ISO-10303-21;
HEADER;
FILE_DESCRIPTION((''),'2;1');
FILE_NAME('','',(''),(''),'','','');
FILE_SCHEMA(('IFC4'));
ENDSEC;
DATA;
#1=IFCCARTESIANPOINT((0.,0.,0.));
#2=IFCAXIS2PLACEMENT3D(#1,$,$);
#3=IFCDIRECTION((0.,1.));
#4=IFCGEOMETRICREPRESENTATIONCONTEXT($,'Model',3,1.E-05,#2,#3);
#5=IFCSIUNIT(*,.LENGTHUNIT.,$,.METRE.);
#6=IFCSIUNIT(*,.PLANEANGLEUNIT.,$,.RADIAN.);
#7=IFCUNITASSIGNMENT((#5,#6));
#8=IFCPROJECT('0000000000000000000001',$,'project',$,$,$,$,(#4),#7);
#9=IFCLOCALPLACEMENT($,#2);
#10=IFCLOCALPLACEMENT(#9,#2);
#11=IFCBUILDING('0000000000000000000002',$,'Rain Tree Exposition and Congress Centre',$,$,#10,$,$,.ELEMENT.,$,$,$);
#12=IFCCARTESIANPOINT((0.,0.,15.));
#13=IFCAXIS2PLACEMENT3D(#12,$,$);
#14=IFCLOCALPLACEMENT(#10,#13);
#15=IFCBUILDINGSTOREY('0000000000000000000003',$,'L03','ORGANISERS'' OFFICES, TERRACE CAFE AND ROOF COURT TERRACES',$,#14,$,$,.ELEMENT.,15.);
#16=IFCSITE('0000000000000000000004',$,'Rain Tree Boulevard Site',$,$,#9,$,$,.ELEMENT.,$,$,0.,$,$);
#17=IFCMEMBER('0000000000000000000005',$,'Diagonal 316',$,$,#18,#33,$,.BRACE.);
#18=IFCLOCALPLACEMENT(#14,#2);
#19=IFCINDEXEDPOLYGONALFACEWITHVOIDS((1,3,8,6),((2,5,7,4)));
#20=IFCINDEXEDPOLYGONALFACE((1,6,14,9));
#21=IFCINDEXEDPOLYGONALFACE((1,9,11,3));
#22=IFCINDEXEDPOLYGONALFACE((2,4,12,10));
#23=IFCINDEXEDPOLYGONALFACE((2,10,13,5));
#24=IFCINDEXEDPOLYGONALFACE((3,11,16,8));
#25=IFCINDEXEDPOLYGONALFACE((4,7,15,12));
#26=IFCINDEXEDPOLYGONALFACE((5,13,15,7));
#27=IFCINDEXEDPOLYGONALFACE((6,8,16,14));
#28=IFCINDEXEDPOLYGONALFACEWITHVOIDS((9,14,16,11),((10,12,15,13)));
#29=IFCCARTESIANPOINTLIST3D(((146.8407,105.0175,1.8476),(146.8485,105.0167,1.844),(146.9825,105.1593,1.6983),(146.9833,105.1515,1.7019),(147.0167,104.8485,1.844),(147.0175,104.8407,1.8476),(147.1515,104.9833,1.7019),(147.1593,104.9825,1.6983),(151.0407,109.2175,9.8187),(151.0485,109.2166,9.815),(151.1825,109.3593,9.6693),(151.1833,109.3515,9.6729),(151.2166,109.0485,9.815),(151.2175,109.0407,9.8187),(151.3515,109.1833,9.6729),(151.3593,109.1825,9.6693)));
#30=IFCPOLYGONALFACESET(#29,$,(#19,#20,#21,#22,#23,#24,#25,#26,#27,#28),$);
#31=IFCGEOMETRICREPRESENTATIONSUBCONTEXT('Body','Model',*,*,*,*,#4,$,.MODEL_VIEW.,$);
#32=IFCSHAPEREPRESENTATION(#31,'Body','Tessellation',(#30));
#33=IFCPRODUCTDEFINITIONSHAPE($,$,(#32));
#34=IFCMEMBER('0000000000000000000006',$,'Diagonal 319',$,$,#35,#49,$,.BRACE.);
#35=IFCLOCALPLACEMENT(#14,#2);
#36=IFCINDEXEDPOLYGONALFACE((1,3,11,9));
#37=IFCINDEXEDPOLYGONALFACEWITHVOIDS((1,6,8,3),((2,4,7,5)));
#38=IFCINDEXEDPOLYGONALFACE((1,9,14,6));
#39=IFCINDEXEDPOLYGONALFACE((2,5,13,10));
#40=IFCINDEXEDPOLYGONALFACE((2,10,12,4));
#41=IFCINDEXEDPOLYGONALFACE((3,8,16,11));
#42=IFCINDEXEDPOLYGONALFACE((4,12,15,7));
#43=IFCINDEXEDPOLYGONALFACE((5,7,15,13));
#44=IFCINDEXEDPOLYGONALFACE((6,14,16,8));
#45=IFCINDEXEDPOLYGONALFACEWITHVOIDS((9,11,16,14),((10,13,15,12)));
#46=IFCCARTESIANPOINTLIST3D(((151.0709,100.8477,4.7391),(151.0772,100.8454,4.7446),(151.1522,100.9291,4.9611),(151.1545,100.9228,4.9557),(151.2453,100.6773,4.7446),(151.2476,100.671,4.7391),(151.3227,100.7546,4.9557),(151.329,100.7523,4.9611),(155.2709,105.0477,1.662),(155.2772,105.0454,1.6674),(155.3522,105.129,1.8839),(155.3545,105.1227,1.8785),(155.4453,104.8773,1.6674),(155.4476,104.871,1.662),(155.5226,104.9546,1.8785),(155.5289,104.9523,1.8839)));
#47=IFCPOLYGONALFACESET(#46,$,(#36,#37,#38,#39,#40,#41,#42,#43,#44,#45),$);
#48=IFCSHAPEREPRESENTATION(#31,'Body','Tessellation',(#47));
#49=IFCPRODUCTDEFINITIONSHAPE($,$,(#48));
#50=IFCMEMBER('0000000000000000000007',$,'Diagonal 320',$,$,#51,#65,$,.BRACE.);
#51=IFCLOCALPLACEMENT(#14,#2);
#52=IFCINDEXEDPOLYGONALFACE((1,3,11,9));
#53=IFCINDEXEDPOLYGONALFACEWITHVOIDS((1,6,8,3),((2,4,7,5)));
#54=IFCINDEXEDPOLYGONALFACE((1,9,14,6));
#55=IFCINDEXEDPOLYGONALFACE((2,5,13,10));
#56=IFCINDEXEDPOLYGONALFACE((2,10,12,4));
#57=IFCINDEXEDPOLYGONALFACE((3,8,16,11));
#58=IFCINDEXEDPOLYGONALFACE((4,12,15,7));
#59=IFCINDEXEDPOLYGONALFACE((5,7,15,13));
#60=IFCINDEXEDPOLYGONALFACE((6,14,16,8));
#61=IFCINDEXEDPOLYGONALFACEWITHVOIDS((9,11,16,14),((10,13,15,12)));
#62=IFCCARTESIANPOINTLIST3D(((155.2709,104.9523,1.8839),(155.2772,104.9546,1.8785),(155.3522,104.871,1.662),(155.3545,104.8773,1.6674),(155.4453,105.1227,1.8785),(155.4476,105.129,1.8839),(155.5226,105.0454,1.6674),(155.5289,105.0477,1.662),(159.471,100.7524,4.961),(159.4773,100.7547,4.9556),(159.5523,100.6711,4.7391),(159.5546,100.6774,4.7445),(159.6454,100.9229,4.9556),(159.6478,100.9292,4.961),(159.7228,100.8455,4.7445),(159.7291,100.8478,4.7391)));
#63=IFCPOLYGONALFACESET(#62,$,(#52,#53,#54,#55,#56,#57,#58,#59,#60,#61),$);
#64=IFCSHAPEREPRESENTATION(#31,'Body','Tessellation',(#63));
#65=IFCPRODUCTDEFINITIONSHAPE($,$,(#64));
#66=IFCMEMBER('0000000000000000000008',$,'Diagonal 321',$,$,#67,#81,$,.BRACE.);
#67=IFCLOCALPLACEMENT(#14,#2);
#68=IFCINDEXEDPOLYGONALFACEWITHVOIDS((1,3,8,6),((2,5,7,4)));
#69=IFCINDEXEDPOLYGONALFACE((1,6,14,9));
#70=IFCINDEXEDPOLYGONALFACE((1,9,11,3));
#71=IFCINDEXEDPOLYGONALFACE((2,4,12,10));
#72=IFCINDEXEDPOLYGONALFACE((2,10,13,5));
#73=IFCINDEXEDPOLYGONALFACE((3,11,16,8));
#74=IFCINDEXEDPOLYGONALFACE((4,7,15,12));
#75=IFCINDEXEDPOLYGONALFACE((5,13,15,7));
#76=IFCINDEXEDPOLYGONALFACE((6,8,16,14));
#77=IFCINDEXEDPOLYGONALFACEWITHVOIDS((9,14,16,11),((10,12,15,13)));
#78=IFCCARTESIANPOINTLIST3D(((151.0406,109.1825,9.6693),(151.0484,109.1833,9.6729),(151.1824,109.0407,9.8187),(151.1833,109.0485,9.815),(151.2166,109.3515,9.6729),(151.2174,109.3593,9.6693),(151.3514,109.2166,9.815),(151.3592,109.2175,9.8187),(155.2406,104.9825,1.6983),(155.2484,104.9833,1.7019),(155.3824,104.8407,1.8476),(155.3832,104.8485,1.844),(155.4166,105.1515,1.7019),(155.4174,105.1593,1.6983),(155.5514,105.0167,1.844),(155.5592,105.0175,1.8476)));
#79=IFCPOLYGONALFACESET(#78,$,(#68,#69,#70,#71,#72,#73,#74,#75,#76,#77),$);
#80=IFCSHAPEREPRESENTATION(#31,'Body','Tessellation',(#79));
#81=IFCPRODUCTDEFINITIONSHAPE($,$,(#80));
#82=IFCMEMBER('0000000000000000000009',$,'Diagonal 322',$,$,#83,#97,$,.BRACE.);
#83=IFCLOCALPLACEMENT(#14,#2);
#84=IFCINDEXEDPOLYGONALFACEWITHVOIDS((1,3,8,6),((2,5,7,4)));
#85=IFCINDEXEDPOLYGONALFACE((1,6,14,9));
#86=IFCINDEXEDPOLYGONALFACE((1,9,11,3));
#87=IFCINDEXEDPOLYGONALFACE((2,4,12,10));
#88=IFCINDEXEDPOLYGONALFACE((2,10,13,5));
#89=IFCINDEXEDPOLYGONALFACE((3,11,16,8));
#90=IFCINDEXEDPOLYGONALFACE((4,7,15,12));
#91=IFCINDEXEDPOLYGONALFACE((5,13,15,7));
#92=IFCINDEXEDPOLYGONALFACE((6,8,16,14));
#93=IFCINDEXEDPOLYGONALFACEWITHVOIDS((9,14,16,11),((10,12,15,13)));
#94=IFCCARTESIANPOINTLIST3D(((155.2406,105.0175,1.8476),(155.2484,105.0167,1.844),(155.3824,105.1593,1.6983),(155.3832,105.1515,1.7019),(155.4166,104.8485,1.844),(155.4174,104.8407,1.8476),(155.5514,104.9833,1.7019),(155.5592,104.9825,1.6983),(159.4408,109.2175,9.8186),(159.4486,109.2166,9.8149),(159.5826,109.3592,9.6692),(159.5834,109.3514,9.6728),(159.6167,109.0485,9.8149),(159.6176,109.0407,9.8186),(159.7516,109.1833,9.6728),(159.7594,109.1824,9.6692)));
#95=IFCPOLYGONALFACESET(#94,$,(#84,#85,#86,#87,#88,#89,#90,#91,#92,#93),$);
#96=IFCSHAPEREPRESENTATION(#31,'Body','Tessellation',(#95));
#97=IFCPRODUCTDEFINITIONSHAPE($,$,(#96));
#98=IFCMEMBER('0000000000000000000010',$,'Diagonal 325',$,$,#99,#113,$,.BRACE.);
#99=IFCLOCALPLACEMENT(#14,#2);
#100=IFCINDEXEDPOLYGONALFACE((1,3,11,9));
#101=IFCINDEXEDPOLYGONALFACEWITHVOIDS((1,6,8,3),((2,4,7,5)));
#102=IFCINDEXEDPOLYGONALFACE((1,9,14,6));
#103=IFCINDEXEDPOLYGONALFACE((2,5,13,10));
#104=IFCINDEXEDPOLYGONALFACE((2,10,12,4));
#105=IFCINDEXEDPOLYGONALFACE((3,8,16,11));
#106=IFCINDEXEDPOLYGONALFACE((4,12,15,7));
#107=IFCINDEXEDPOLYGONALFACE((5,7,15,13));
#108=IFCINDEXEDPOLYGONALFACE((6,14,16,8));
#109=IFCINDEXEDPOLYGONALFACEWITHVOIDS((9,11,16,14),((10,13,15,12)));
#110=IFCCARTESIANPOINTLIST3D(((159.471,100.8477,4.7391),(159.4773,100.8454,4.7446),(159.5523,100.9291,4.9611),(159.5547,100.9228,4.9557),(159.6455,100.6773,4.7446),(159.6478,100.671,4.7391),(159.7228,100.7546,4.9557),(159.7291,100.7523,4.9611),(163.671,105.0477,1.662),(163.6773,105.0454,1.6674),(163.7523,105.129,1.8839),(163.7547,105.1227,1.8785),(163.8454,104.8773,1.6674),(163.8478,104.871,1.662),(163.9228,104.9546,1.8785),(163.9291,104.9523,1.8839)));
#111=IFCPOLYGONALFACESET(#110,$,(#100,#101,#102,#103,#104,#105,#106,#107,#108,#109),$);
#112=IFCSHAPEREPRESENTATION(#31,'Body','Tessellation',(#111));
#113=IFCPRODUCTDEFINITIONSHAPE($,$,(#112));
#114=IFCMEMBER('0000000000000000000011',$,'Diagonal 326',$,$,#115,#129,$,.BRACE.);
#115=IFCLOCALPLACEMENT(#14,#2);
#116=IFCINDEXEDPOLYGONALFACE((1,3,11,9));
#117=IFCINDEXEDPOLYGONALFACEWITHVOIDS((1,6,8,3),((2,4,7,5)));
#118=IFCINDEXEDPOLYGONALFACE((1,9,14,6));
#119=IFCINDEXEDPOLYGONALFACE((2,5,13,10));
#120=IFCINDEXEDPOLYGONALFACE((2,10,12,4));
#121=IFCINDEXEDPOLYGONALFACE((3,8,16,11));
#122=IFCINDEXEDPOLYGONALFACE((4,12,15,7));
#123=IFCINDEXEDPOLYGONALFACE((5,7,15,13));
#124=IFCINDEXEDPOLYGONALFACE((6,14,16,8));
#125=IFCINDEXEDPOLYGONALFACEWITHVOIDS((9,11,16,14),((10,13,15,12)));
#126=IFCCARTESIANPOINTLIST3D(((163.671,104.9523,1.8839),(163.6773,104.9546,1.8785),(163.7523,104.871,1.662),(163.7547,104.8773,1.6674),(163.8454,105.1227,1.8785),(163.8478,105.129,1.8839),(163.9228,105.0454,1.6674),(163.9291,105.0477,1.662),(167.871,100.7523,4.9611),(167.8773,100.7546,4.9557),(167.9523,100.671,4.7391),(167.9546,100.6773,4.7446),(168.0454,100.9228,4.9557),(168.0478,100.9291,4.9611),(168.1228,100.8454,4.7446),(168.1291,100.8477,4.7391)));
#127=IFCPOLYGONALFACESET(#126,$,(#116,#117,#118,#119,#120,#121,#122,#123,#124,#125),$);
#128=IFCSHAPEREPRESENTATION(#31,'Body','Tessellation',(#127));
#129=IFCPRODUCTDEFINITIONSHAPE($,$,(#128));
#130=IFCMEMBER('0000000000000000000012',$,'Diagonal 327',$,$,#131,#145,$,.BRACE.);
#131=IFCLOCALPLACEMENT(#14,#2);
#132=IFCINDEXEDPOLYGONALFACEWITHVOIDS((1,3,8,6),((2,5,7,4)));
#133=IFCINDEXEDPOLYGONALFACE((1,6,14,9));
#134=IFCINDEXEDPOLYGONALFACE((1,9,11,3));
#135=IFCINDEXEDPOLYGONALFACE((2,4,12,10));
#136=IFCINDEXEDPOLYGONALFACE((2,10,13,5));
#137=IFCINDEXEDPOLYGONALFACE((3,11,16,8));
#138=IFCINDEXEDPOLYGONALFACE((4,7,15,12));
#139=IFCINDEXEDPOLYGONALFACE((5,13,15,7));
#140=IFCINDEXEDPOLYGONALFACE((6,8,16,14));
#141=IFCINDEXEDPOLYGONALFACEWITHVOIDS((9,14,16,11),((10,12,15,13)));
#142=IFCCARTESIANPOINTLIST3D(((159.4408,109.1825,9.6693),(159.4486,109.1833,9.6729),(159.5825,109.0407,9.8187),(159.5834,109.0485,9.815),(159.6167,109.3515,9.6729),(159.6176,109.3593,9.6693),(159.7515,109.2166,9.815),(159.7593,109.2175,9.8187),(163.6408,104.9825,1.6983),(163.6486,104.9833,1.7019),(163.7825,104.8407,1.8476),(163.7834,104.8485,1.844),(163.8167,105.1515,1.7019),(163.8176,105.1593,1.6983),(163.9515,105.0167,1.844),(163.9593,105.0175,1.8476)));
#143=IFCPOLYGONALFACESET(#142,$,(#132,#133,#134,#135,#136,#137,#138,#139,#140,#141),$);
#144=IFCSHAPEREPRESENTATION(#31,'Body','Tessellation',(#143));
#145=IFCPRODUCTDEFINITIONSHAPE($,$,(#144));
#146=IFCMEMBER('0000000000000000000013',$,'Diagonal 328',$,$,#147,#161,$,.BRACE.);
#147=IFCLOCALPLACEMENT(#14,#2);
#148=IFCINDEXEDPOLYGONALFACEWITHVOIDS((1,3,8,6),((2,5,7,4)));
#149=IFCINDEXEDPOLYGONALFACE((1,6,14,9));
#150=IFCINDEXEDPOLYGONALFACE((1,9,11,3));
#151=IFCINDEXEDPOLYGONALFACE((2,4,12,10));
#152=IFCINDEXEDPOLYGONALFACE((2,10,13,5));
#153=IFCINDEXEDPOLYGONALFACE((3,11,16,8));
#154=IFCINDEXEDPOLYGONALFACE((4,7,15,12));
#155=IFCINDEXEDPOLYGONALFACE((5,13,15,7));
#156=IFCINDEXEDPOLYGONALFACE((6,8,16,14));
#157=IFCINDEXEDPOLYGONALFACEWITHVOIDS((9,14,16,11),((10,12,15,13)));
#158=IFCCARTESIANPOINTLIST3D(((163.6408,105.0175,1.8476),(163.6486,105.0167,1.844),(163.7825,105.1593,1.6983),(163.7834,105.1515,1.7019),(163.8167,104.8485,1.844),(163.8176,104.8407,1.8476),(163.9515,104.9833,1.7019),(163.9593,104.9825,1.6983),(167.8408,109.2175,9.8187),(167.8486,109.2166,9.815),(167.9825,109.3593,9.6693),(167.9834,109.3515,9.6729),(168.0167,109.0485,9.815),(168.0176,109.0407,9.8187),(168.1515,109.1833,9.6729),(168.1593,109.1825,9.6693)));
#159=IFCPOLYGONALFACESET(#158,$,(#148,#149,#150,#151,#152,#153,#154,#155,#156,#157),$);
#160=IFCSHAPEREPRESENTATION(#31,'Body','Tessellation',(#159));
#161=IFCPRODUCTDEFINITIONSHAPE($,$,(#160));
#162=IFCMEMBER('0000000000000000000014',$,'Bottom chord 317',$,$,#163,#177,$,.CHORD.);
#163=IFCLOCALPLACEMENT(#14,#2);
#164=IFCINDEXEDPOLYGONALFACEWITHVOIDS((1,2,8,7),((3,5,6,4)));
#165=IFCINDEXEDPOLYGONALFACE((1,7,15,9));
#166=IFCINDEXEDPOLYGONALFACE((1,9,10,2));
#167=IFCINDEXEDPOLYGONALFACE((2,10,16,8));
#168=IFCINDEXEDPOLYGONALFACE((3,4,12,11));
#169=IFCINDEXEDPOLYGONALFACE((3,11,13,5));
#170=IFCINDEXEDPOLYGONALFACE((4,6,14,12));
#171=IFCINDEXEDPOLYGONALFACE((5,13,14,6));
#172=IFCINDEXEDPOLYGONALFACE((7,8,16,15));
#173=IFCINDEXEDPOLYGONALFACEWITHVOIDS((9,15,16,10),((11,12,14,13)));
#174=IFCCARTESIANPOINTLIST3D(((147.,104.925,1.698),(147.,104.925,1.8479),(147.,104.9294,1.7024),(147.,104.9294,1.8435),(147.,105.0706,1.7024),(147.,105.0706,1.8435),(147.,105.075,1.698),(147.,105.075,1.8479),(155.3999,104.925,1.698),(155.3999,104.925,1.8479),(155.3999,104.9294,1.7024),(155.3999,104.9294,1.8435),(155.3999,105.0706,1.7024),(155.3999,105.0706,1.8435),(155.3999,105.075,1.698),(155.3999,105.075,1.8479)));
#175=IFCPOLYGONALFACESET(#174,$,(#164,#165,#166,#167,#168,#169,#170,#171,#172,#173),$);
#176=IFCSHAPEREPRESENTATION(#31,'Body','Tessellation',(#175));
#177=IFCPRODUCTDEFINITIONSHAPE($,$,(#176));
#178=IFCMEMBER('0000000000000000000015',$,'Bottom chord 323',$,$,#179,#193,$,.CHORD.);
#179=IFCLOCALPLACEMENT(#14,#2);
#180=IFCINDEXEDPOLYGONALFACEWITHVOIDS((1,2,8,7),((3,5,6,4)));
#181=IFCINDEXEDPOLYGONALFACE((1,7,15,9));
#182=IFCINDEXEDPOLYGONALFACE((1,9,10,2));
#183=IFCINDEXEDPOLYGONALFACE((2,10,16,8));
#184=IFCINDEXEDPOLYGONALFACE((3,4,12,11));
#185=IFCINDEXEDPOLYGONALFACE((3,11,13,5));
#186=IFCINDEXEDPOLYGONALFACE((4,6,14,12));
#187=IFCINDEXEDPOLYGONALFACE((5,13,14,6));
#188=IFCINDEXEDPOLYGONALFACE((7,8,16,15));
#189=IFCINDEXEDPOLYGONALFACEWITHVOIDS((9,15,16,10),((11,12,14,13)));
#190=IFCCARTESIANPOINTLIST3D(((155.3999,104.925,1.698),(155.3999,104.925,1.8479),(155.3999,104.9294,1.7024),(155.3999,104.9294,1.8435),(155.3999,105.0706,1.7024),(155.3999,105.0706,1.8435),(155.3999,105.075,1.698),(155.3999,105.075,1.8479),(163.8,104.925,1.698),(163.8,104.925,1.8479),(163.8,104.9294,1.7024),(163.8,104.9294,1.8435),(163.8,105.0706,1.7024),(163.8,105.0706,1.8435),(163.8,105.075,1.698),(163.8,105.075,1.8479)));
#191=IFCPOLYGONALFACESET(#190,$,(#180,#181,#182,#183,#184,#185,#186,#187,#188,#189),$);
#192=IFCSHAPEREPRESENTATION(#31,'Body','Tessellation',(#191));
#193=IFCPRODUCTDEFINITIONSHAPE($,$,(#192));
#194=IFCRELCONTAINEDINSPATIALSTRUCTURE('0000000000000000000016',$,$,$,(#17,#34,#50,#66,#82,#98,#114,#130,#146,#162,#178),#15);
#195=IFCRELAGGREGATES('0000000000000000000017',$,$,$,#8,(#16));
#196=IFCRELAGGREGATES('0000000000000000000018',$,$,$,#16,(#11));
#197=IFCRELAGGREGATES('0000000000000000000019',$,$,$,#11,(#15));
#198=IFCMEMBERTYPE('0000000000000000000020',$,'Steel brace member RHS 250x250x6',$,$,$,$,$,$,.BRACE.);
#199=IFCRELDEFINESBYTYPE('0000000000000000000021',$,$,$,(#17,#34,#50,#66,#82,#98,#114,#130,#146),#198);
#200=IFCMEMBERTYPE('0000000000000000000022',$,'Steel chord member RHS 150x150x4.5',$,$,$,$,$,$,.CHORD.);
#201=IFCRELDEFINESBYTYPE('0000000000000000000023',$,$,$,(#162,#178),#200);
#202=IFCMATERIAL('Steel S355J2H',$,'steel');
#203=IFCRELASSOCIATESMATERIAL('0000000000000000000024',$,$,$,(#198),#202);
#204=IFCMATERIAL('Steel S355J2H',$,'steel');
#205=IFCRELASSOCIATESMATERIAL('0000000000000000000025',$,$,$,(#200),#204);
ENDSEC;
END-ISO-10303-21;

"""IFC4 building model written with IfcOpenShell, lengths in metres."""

from ifc_helpers import new_model, si_unit, direction, frame, origin, origin_2d, place, context, subcontext, project, spatial, hollow_rectangle, extrude, material, material_profile, profile_set, type_object, element, save


model = new_model("IFC4")

# Units and contexts
model_context = context("Model", 3, precision=1e-05, world=origin(), true_north=direction((0.0, 1.0)))
body_context = subcontext(model_context, "Body", "Model", "MODEL_VIEW")
ifc_project = project(units=[si_unit("LENGTHUNIT", "METRE"), si_unit("PLANEANGLEUNIT", "RADIAN")], contexts=[model_context])

# Site, building, storey
site_placement = place(None, origin())
site = spatial("IfcSite", under=ifc_project, at=site_placement, Name="Rain Tree Boulevard Site", CompositionType="ELEMENT", RefElevation=0.0)
building_placement = place(site_placement, origin())
building = spatial("IfcBuilding", under=site, at=building_placement, Name="Rain Tree Exposition and Congress Centre", CompositionType="ELEMENT")
storey_placement = place(building_placement, frame((0.0, 0.0, 15.0)))
storey = spatial("IfcBuildingStorey", under=building, at=storey_placement, Name="L03", Description="ORGANISERS' OFFICES, TERRACE CAFE AND ROOF COURT TERRACES", CompositionType="ELEMENT", Elevation=15.0)

# Members
ifc_material_1 = material(Name="Steel S355J2H", Category="steel")
ifc_material_profile_1 = material_profile(ifc_material_1, hollow_rectangle(XDim=0.25, YDim=0.25, WallThickness=0.0061, at=origin_2d()), Name="RHS 250x250x6")
ifc_profile_set_1 = profile_set([ifc_material_profile_1], Name="Steel S355J2H")
member_type_1 = type_object("IfcMemberType", Name="Steel brace member RHS 250x250x6", PredefinedType="BRACE", material=ifc_profile_set_1)
member_1_placement = place(storey_placement, frame((147.0, 105.0, 1.7729), z_axis=(0.422506, 0.422506, 0.801859), x_axis=(-0.707107, 0.707107, 0.0)))
element("IfcMember", 1, at=member_1_placement, inside=storey, type_object=member_type_1, Name="Diagonal 316", PredefinedType="BRACE", context=body_context, shape_type="SweptSolid", body=[
    extrude(hollow_rectangle(XDim=0.25, YDim=0.25, WallThickness=0.0061, at=origin_2d()), origin(), (0.0, 0.0, 1.0), 9.9407),
])
for number, where, z_axis, x_axis, name in (
    (2, (155.3999, 105.0, 1.7729), (-0.627852, -0.627852, 0.460004), (0.707107, -0.707107, 0.0), "Diagonal 319"),
    (3, (155.3999, 105.0, 1.7729), (0.627874, -0.627838, 0.459993), (0.707086, 0.707127, 0.0), "Diagonal 320"),
):
    element("IfcMember", number, at=place(storey_placement, frame(where, z_axis=z_axis, x_axis=x_axis)), inside=storey, type_object=member_type_1, Name=name, PredefinedType="BRACE", context=body_context, shape_type="SweptSolid", body=[
        extrude(hollow_rectangle(XDim=0.25, YDim=0.25, WallThickness=0.0061, at=origin_2d()), origin(), (0.0, 0.0, 1.0), 6.6895),
    ])
for number, where, z_axis, x_axis, name in (
    (4, (155.3999, 105.0, 1.7729), (-0.422506, 0.422506, 0.801859), (-0.707107, -0.707107, 0.0), "Diagonal 321"),
    (5, (155.3999, 105.0, 1.7729), (0.422526, 0.422501, 0.801851), (-0.707086, 0.707127, 0.0), "Diagonal 322"),
):
    element("IfcMember", number, at=place(storey_placement, frame(where, z_axis=z_axis, x_axis=x_axis)), inside=storey, type_object=member_type_1, Name=name, PredefinedType="BRACE", context=body_context, shape_type="SweptSolid", body=[
        extrude(hollow_rectangle(XDim=0.25, YDim=0.25, WallThickness=0.0061, at=origin_2d()), origin(), (0.0, 0.0, 1.0), 9.9407),
    ])
for number, where, z_axis, x_axis, name in (
    (6, (163.8, 105.0, 1.7729), (-0.627852, -0.627852, 0.460004), (0.707107, -0.707107, 0.0), "Diagonal 325"),
    (7, (163.8, 105.0, 1.7729), (0.627852, -0.627852, 0.460004), (0.707107, 0.707107, 0.0), "Diagonal 326"),
):
    element("IfcMember", number, at=place(storey_placement, frame(where, z_axis=z_axis, x_axis=x_axis)), inside=storey, type_object=member_type_1, Name=name, PredefinedType="BRACE", context=body_context, shape_type="SweptSolid", body=[
        extrude(hollow_rectangle(XDim=0.25, YDim=0.25, WallThickness=0.0061, at=origin_2d()), origin(), (0.0, 0.0, 1.0), 6.6895),
    ])
for number, where, z_axis, x_axis, name in (
    (8, (163.8, 105.0, 1.7729), (-0.422506, 0.422506, 0.801859), (-0.707107, -0.707107, 0.0), "Diagonal 327"),
    (9, (163.8, 105.0, 1.7729), (0.422506, 0.422506, 0.801859), (-0.707107, 0.707107, 0.0), "Diagonal 328"),
):
    element("IfcMember", number, at=place(storey_placement, frame(where, z_axis=z_axis, x_axis=x_axis)), inside=storey, type_object=member_type_1, Name=name, PredefinedType="BRACE", context=body_context, shape_type="SweptSolid", body=[
        extrude(hollow_rectangle(XDim=0.25, YDim=0.25, WallThickness=0.0061, at=origin_2d()), origin(), (0.0, 0.0, 1.0), 9.9407),
    ])
ifc_material_2 = material(Name="Steel S355J2H", Category="steel")
ifc_material_profile_2 = material_profile(ifc_material_2, hollow_rectangle(XDim=0.1499, YDim=0.1499, WallThickness=0.0044, at=origin_2d()), Name="RHS 150x150x4.5")
ifc_profile_set_2 = profile_set([ifc_material_profile_2], Name="Steel S355J2H")
member_type_2 = type_object("IfcMemberType", Name="Steel chord member RHS 150x150x4.5", PredefinedType="CHORD", material=ifc_profile_set_2)
member_2_placement = place(storey_placement, frame((147.0, 105.0, 1.7729), z_axis=(1.0, 0.0, 0.0), x_axis=(0.0, 1.0, 0.0)))
element("IfcMember", 10, at=member_2_placement, inside=storey, type_object=member_type_2, Name="Bottom chord 317", PredefinedType="CHORD", context=body_context, shape_type="SweptSolid", body=[
    extrude(hollow_rectangle(XDim=0.1499, YDim=0.1499, WallThickness=0.0044, at=origin_2d()), origin(), (0.0, 0.0, 1.0), 8.3999),
])
member_3_placement = place(storey_placement, frame((155.3999, 105.0, 1.7729), z_axis=(1.0, 0.0, 0.0), x_axis=(0.0, 1.0, 0.0)))
element("IfcMember", 11, at=member_3_placement, inside=storey, type_object=member_type_2, Name="Bottom chord 323", PredefinedType="CHORD", context=body_context, shape_type="SweptSolid", body=[
    extrude(hollow_rectangle(XDim=0.1499, YDim=0.1499, WallThickness=0.0044, at=origin_2d()), origin(), (0.0, 0.0, 1.0), 8.4001),
])

save(model, "model.ifc")
